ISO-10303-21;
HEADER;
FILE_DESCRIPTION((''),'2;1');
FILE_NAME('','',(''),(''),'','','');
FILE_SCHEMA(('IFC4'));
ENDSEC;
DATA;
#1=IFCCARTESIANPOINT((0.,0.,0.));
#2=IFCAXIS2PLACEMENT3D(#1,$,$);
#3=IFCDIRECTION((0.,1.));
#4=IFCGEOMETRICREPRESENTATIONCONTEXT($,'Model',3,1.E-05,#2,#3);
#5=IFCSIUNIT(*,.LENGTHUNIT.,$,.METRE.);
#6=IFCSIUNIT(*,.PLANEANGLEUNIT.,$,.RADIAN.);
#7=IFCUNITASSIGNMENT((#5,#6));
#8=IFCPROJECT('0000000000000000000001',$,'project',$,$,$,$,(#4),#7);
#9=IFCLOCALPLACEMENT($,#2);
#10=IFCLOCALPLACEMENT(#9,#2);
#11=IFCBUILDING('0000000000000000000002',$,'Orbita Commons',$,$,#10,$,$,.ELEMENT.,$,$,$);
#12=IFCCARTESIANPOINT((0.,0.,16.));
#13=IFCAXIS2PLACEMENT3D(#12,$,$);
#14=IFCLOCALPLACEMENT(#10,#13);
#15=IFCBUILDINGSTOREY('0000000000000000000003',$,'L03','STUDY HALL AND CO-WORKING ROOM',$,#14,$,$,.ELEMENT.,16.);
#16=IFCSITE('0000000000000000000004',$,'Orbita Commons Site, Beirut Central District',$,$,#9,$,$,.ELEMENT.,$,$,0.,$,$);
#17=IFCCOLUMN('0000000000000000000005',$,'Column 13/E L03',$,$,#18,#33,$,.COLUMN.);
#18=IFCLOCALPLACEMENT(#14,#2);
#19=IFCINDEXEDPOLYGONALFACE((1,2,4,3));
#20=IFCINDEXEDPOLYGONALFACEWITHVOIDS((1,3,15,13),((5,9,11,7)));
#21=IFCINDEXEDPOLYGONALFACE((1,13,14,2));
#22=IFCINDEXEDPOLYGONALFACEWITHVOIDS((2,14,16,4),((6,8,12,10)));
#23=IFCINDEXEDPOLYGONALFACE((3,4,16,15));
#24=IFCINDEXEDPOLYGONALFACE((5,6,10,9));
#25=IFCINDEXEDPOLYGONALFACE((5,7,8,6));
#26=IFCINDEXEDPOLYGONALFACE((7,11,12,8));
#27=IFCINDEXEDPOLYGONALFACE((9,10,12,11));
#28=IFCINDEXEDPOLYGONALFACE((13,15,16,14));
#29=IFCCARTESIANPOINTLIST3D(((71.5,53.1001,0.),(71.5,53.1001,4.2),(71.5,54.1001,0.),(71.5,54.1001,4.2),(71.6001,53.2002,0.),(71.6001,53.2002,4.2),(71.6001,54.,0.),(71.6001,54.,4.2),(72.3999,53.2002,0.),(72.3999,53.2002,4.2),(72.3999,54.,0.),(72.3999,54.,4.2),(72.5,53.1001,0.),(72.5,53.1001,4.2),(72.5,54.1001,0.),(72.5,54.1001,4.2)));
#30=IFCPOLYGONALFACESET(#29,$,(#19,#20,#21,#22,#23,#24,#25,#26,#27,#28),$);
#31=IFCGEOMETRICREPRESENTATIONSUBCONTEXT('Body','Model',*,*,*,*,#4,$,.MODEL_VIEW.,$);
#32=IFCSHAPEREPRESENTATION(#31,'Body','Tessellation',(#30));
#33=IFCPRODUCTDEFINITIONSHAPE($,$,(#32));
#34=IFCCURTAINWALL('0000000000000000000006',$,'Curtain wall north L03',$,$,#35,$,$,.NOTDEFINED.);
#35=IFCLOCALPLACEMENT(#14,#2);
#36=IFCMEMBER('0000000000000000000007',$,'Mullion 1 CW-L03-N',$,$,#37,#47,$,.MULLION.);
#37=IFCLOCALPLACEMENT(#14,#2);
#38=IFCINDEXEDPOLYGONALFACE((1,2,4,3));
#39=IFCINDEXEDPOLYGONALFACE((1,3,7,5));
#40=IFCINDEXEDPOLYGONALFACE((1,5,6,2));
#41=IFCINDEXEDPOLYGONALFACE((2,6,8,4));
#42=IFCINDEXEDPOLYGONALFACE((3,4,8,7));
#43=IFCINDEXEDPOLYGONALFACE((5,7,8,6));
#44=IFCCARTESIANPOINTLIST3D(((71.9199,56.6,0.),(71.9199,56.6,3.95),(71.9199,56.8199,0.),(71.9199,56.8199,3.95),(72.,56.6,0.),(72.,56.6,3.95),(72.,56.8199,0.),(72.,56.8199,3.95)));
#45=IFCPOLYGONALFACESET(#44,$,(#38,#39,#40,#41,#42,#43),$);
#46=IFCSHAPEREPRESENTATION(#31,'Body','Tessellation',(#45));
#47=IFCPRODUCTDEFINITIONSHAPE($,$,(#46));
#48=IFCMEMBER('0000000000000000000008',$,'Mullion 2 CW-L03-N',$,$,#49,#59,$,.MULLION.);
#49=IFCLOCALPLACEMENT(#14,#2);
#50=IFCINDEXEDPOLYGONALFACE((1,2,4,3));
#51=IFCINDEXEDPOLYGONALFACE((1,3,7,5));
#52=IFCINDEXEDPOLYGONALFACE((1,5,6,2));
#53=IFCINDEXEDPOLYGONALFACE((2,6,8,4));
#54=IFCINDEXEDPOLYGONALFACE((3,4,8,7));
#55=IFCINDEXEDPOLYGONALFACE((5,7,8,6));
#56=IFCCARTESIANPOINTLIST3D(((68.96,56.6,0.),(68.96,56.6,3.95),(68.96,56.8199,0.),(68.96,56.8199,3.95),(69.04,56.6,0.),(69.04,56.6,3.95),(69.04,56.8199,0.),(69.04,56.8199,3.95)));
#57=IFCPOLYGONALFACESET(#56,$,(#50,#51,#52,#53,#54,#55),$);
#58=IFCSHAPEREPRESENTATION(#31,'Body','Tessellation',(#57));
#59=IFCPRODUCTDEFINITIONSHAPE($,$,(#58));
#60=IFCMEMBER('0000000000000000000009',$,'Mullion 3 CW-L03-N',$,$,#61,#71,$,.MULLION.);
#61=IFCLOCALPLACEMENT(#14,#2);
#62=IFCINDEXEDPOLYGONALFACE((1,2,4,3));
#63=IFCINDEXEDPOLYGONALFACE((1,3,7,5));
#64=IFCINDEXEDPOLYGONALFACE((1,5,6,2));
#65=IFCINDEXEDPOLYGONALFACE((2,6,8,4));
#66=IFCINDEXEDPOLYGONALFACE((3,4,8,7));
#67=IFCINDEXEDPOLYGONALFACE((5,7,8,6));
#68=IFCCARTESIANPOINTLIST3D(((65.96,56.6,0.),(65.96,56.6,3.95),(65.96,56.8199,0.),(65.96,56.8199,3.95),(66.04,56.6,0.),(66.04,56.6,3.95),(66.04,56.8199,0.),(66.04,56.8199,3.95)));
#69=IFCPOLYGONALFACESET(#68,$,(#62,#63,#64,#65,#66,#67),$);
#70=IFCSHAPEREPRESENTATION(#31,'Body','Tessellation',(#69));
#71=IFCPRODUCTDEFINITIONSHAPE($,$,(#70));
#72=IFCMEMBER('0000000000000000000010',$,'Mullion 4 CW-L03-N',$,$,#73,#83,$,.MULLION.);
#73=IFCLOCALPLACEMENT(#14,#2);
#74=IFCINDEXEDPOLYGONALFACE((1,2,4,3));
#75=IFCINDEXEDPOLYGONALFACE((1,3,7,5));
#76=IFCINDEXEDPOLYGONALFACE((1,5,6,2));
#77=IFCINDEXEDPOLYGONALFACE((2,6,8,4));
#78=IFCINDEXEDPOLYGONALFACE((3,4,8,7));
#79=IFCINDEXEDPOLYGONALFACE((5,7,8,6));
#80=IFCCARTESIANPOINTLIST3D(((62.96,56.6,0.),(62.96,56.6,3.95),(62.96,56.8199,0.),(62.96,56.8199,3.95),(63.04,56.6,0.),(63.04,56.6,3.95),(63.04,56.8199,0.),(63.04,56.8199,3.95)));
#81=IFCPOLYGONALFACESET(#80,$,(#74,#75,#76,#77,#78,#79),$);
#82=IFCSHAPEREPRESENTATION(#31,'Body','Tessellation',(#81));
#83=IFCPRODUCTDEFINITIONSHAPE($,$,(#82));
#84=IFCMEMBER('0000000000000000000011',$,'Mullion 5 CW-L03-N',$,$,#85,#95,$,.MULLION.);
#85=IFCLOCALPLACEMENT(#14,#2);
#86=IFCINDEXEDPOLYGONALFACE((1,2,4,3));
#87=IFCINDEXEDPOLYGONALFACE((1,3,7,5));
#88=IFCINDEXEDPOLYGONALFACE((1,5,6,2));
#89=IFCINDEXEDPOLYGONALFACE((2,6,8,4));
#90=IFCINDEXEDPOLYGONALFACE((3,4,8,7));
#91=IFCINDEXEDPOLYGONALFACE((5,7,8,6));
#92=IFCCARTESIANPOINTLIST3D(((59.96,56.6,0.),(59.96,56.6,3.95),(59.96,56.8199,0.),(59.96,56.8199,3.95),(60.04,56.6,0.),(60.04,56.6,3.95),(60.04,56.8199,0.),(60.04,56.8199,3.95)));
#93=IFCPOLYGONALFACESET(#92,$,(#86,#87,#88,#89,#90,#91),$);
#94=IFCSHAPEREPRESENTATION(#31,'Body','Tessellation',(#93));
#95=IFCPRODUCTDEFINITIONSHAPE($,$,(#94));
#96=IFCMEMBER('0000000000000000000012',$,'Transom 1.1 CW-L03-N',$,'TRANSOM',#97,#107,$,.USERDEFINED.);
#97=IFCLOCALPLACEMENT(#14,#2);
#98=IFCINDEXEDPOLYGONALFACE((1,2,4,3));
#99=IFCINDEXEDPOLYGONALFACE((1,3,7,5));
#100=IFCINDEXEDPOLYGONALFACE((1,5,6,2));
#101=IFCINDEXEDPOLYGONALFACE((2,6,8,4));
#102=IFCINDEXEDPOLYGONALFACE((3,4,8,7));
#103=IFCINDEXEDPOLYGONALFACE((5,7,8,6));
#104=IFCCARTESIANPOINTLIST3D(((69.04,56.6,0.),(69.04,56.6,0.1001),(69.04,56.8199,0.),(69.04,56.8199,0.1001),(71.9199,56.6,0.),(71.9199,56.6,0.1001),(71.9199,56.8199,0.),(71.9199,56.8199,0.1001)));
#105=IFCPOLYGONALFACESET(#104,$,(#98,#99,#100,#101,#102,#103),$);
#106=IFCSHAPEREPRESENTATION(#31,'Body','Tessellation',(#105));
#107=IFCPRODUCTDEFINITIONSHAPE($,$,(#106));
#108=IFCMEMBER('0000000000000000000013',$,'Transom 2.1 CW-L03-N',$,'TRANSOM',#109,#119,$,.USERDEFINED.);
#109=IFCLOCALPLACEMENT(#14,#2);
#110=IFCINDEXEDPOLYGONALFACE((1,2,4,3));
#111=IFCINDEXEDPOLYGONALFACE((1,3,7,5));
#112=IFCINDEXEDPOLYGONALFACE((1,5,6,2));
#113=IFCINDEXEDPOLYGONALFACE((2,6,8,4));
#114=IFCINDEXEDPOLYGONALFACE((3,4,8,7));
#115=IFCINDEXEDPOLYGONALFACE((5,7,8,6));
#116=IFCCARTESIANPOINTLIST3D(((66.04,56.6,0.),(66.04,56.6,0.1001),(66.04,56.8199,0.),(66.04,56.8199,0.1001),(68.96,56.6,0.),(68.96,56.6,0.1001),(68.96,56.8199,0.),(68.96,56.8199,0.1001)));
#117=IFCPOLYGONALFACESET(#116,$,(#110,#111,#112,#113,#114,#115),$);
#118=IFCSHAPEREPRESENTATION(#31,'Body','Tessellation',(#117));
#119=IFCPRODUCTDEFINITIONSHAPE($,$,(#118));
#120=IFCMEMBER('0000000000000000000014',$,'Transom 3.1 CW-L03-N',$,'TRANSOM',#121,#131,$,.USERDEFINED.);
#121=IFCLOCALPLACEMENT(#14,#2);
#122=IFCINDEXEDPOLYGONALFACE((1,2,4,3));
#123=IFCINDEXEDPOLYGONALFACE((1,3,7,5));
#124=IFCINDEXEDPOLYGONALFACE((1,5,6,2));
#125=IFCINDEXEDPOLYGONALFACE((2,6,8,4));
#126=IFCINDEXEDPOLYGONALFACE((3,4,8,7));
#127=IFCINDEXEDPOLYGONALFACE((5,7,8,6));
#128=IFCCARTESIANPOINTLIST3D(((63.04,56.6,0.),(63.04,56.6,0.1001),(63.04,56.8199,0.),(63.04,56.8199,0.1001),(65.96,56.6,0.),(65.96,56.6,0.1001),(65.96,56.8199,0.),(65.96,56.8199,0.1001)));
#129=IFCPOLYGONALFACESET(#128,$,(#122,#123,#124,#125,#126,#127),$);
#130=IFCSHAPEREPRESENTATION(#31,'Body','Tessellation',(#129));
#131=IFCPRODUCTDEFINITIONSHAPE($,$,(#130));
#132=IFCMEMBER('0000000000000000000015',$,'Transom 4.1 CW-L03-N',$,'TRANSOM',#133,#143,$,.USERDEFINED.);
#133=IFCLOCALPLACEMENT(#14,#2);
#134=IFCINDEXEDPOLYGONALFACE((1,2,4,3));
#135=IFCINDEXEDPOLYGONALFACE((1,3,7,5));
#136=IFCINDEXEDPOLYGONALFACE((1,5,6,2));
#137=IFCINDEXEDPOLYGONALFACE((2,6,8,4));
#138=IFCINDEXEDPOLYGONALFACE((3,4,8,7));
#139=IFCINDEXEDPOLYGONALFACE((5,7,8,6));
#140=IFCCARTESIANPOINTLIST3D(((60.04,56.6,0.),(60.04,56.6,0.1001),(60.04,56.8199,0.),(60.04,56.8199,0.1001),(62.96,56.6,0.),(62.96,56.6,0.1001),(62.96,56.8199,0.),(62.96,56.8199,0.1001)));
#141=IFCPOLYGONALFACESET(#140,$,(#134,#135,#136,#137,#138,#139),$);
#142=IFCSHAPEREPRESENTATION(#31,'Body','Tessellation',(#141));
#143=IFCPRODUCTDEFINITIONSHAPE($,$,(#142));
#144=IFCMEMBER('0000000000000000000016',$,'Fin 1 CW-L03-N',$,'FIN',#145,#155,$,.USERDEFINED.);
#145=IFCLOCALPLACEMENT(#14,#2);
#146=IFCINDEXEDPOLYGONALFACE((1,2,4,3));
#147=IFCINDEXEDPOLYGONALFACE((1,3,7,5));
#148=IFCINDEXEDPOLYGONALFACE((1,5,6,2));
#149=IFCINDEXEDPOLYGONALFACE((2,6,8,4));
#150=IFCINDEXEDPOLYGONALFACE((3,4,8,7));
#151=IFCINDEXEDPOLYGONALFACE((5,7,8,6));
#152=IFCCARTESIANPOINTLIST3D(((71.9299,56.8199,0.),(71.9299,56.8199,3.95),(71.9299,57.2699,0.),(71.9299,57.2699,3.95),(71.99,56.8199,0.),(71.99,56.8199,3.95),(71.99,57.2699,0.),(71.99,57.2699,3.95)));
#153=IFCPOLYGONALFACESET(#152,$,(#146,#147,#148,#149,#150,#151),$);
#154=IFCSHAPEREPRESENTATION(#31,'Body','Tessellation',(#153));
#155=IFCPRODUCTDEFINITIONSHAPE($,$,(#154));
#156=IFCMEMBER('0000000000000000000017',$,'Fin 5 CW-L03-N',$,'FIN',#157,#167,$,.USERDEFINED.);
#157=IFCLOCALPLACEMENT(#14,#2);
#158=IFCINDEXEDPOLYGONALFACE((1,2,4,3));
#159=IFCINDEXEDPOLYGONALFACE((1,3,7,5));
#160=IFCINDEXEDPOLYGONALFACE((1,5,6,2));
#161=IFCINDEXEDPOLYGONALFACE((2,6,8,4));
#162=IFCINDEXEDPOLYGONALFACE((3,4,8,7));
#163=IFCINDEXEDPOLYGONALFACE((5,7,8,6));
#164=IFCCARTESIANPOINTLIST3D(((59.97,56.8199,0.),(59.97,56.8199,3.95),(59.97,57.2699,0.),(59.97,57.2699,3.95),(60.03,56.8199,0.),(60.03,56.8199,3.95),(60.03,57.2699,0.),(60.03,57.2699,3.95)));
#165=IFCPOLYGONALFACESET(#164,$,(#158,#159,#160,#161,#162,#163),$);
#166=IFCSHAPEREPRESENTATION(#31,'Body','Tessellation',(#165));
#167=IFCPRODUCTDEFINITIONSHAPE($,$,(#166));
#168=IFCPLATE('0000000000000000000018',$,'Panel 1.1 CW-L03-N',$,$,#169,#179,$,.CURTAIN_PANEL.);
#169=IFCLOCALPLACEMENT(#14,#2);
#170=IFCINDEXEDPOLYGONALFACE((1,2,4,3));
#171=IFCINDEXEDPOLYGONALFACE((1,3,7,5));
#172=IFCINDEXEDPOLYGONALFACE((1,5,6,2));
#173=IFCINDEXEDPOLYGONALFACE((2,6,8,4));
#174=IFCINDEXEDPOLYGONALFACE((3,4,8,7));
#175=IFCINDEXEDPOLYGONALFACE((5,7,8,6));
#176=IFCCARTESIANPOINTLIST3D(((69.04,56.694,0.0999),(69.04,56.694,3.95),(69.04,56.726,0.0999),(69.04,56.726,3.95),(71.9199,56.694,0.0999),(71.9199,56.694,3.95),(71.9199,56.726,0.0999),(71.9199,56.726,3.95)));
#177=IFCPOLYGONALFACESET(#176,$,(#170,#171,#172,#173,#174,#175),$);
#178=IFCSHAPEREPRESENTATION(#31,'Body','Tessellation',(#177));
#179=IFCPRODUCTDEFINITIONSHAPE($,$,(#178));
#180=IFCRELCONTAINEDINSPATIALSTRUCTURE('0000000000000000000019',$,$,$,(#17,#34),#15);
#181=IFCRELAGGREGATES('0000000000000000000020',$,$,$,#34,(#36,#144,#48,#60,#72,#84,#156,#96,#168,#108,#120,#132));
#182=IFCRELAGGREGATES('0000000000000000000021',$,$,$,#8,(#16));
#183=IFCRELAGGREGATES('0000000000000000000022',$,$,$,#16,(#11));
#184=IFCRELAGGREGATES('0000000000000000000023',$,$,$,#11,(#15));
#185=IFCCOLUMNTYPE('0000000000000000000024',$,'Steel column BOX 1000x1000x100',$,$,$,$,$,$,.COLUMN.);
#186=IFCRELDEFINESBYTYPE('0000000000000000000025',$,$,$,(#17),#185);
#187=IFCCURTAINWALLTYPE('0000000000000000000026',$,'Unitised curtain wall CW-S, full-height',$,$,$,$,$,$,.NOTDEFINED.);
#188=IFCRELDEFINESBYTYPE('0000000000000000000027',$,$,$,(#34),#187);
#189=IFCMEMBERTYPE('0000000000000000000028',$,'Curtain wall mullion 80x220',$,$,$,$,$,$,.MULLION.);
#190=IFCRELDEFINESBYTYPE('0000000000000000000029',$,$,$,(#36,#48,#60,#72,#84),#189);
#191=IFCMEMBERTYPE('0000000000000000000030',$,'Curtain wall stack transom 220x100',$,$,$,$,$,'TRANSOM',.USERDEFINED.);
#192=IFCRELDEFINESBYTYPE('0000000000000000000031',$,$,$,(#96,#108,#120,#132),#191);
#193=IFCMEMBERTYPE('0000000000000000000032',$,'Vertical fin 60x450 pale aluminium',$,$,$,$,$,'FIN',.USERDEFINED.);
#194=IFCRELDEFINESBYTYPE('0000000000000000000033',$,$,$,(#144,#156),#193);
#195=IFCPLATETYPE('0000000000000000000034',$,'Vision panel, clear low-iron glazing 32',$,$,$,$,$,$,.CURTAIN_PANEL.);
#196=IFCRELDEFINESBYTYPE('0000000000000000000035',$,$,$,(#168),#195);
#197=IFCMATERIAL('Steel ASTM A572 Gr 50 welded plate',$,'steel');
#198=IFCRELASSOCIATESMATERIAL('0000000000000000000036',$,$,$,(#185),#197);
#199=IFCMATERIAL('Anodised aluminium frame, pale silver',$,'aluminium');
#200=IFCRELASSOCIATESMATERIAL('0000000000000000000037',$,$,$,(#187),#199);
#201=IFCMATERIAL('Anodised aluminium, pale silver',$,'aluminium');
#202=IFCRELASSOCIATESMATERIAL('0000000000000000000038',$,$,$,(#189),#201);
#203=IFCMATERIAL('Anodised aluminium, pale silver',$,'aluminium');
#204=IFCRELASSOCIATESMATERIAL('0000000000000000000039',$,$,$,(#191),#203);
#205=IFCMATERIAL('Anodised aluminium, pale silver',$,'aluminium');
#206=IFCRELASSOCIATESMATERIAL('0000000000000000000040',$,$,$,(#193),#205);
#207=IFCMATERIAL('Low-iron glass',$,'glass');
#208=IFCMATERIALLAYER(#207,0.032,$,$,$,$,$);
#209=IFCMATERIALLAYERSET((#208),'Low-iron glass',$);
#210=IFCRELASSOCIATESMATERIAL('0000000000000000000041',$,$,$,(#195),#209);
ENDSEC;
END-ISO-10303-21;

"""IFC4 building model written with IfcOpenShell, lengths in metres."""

from ifc_helpers import new_model, si_unit, direction, frame, origin, origin_2d, place, context, subcontext, project, spatial, rectangle, hollow_rectangle, extrude, material, layer, layer_set, material_profile, profile_set, type_object, element, aggregate, save


model = new_model("IFC4")

# Units and contexts
model_context = context("Model", 3, precision=1e-05, world=origin(), true_north=direction((0.0, 1.0)))
body_context = subcontext(model_context, "Body", "Model", "MODEL_VIEW")
ifc_project = project(units=[si_unit("LENGTHUNIT", "METRE"), si_unit("PLANEANGLEUNIT", "RADIAN")], contexts=[model_context])

# Site, building, storey
site_placement = place(None, origin())
site = spatial("IfcSite", under=ifc_project, at=site_placement, Name="Orbita Commons Site, Beirut Central District", CompositionType="ELEMENT", RefElevation=0.0)
building_placement = place(site_placement, origin())
building = spatial("IfcBuilding", under=site, at=building_placement, Name="Orbita Commons", CompositionType="ELEMENT")
storey_placement = place(building_placement, frame((0.0, 0.0, 16.0)))
storey = spatial("IfcBuildingStorey", under=building, at=storey_placement, Name="L03", Description="STUDY HALL AND CO-WORKING ROOM", CompositionType="ELEMENT", Elevation=16.0)

# Column
ifc_material_1 = material(Name="Steel ASTM A572 Gr 50 welded plate", Category="steel")
ifc_material_profile_1 = material_profile(ifc_material_1, hollow_rectangle(XDim=1.0, YDim=1.0, WallThickness=0.1001, at=origin_2d()), Name="BOX 1000x1000x100")
ifc_profile_set_1 = profile_set([ifc_material_profile_1], Name="Steel ASTM A572 Gr 50 welded plate")
column_type = type_object("IfcColumnType", Name="Steel column BOX 1000x1000x100", PredefinedType="COLUMN", material=ifc_profile_set_1)
column_placement = place(storey_placement, frame((72.0, 53.6001, 0.0), z_axis=(0.0, 0.0, 1.0), x_axis=(1.0, 0.0, 0.0)))
element("IfcColumn", 1, at=column_placement, inside=storey, type_object=column_type, Name="Column 13/E L03", PredefinedType="COLUMN", context=body_context, shape_type="SweptSolid", body=[
    extrude(hollow_rectangle(XDim=1.0, YDim=1.0, WallThickness=0.1001, at=origin_2d()), origin(), (0.0, 0.0, 1.0), 4.2),
])

# Curtain wall, members, plate
ifc_material_2 = material(Name="Anodised aluminium frame, pale silver", Category="aluminium")
curtain_wall_type = type_object("IfcCurtainWallType", Name="Unitised curtain wall CW-S, full-height", PredefinedType="NOTDEFINED", material=ifc_material_2)
curtain_wall_placement = place(storey_placement, origin())
curtain_wall = element("IfcCurtainWall", 2, at=curtain_wall_placement, inside=storey, type_object=curtain_wall_type, Name="Curtain wall north L03", PredefinedType="NOTDEFINED")
ifc_material_3 = material(Name="Anodised aluminium, pale silver", Category="aluminium")
ifc_material_profile_2 = material_profile(ifc_material_3, rectangle(XDim=0.0801, YDim=0.22, at=origin_2d()), Name="AL 80x220")
ifc_profile_set_2 = profile_set([ifc_material_profile_2], Name="Anodised aluminium, pale silver")
member_type_1 = type_object("IfcMemberType", Name="Curtain wall mullion 80x220", PredefinedType="MULLION", material=ifc_profile_set_2)
member_1_placement = place(storey_placement, frame((71.96, 56.71, 0.0), z_axis=(0.0, 0.0, 1.0), x_axis=(-1.0, 0.0, 0.0)))
member_1 = element("IfcMember", 3, at=member_1_placement, type_object=member_type_1, Name="Mullion 1 CW-L03-N", PredefinedType="MULLION", context=body_context, shape_type="SweptSolid", body=[
    extrude(rectangle(XDim=0.0801, YDim=0.22, at=origin_2d()), origin(), (0.0, 0.0, 1.0), 3.95),
])
member_2_placement = place(storey_placement, frame((69.0, 56.71, 0.0), z_axis=(0.0, 0.0, 1.0), x_axis=(-1.0, 0.0, 0.0)))
member_2 = element("IfcMember", 4, at=member_2_placement, type_object=member_type_1, Name="Mullion 2 CW-L03-N", PredefinedType="MULLION", context=body_context, shape_type="SweptSolid", body=[
    extrude(rectangle(XDim=0.0801, YDim=0.22, at=origin_2d()), origin(), (0.0, 0.0, 1.0), 3.95),
])
member_3_placement = place(storey_placement, frame((66.0, 56.71, 0.0), z_axis=(0.0, 0.0, 1.0), x_axis=(-1.0, 0.0, 0.0)))
member_3 = element("IfcMember", 5, at=member_3_placement, type_object=member_type_1, Name="Mullion 3 CW-L03-N", PredefinedType="MULLION", context=body_context, shape_type="SweptSolid", body=[
    extrude(rectangle(XDim=0.0801, YDim=0.22, at=origin_2d()), origin(), (0.0, 0.0, 1.0), 3.95),
])
member_4_placement = place(storey_placement, frame((63.0, 56.71, 0.0), z_axis=(0.0, 0.0, 1.0), x_axis=(-1.0, 0.0, 0.0)))
member_4 = element("IfcMember", 6, at=member_4_placement, type_object=member_type_1, Name="Mullion 4 CW-L03-N", PredefinedType="MULLION", context=body_context, shape_type="SweptSolid", body=[
    extrude(rectangle(XDim=0.0801, YDim=0.22, at=origin_2d()), origin(), (0.0, 0.0, 1.0), 3.95),
])
member_5_placement = place(storey_placement, frame((60.0, 56.71, 0.0), z_axis=(0.0, 0.0, 1.0), x_axis=(-1.0, 0.0, 0.0)))
member_5 = element("IfcMember", 7, at=member_5_placement, type_object=member_type_1, Name="Mullion 5 CW-L03-N", PredefinedType="MULLION", context=body_context, shape_type="SweptSolid", body=[
    extrude(rectangle(XDim=0.0801, YDim=0.22, at=origin_2d()), origin(), (0.0, 0.0, 1.0), 3.95),
])
ifc_material_4 = material(Name="Anodised aluminium, pale silver", Category="aluminium")
ifc_material_profile_3 = material_profile(ifc_material_4, rectangle(XDim=0.22, YDim=0.1001, at=origin_2d()), Name="AL 220x100")
ifc_profile_set_3 = profile_set([ifc_material_profile_3], Name="Anodised aluminium, pale silver")
member_type_2 = type_object("IfcMemberType", Name="Curtain wall stack transom 220x100", ElementType="TRANSOM", PredefinedType="USERDEFINED", material=ifc_profile_set_3)
member_6_placement = place(storey_placement, frame((71.9199, 56.71, 0.05), z_axis=(-1.0, 0.0, 0.0), x_axis=(0.0, -1.0, 0.0)))
member_6 = element("IfcMember", 8, at=member_6_placement, type_object=member_type_2, Name="Transom 1.1 CW-L03-N", ObjectType="TRANSOM", PredefinedType="USERDEFINED", context=body_context, shape_type="SweptSolid", body=[
    extrude(rectangle(XDim=0.22, YDim=0.1001, at=origin_2d()), origin(), (0.0, 0.0, 1.0), 2.8799),
])
member_7_placement = place(storey_placement, frame((68.96, 56.71, 0.05), z_axis=(-1.0, 0.0, 0.0), x_axis=(0.0, -1.0, 0.0)))
member_7 = element("IfcMember", 9, at=member_7_placement, type_object=member_type_2, Name="Transom 2.1 CW-L03-N", ObjectType="TRANSOM", PredefinedType="USERDEFINED", context=body_context, shape_type="SweptSolid", body=[
    extrude(rectangle(XDim=0.22, YDim=0.1001, at=origin_2d()), origin(), (0.0, 0.0, 1.0), 2.9199),
])
member_8_placement = place(storey_placement, frame((65.96, 56.71, 0.05), z_axis=(-1.0, 0.0, 0.0), x_axis=(0.0, -1.0, 0.0)))
member_8 = element("IfcMember", 10, at=member_8_placement, type_object=member_type_2, Name="Transom 3.1 CW-L03-N", ObjectType="TRANSOM", PredefinedType="USERDEFINED", context=body_context, shape_type="SweptSolid", body=[
    extrude(rectangle(XDim=0.22, YDim=0.1001, at=origin_2d()), origin(), (0.0, 0.0, 1.0), 2.9199),
])
member_9_placement = place(storey_placement, frame((62.96, 56.71, 0.05), z_axis=(-1.0, 0.0, 0.0), x_axis=(0.0, -1.0, 0.0)))
member_9 = element("IfcMember", 11, at=member_9_placement, type_object=member_type_2, Name="Transom 4.1 CW-L03-N", ObjectType="TRANSOM", PredefinedType="USERDEFINED", context=body_context, shape_type="SweptSolid", body=[
    extrude(rectangle(XDim=0.22, YDim=0.1001, at=origin_2d()), origin(), (0.0, 0.0, 1.0), 2.9199),
])
ifc_material_5 = material(Name="Anodised aluminium, pale silver", Category="aluminium")
ifc_material_profile_4 = material_profile(ifc_material_5, rectangle(XDim=0.0601, YDim=0.45, at=origin_2d()), Name="FIN 60x450")
ifc_profile_set_4 = profile_set([ifc_material_profile_4], Name="Anodised aluminium, pale silver")
member_type_3 = type_object("IfcMemberType", Name="Vertical fin 60x450 pale aluminium", ElementType="FIN", PredefinedType="USERDEFINED", material=ifc_profile_set_4)
member_10_placement = place(storey_placement, frame((71.96, 57.0449, 0.0), z_axis=(0.0, 0.0, 1.0), x_axis=(-1.0, 0.0, 0.0)))
member_10 = element("IfcMember", 12, at=member_10_placement, type_object=member_type_3, Name="Fin 1 CW-L03-N", ObjectType="FIN", PredefinedType="USERDEFINED", context=body_context, shape_type="SweptSolid", body=[
    extrude(rectangle(XDim=0.0601, YDim=0.45, at=origin_2d()), origin(), (0.0, 0.0, 1.0), 3.95),
])
member_11_placement = place(storey_placement, frame((60.0, 57.0449, 0.0), z_axis=(0.0, 0.0, 1.0), x_axis=(-1.0, 0.0, 0.0)))
member_11 = element("IfcMember", 13, at=member_11_placement, type_object=member_type_3, Name="Fin 5 CW-L03-N", ObjectType="FIN", PredefinedType="USERDEFINED", context=body_context, shape_type="SweptSolid", body=[
    extrude(rectangle(XDim=0.0601, YDim=0.45, at=origin_2d()), origin(), (0.0, 0.0, 1.0), 3.95),
])
ifc_material_6 = material(Name="Low-iron glass", Category="glass")
ifc_layer_1 = layer(ifc_material_6, 0.032)
ifc_layer_set_1 = layer_set([ifc_layer_1], Name="Low-iron glass")
plate_type = type_object("IfcPlateType", Name="Vision panel, clear low-iron glazing 32", PredefinedType="CURTAIN_PANEL", material=ifc_layer_set_1)
plate_1_placement = place(storey_placement, frame((70.48, 56.71, 0.0999), z_axis=(0.0, 0.0, 1.0), x_axis=(-1.0, 0.0, 0.0)))
plate_1 = element("IfcPlate", 14, at=plate_1_placement, type_object=plate_type, Name="Panel 1.1 CW-L03-N", PredefinedType="CURTAIN_PANEL", context=body_context, shape_type="SweptSolid", body=[
    extrude(rectangle(XDim=2.8799, YDim=0.032, at=origin_2d()), origin(), (0.0, 0.0, 1.0), 3.8501),
])
aggregate(curtain_wall, [member_1, member_10, member_2, member_3, member_4, member_5, member_11, member_6, plate_1, member_7, member_8, member_9])

save(model, "model.ifc")
